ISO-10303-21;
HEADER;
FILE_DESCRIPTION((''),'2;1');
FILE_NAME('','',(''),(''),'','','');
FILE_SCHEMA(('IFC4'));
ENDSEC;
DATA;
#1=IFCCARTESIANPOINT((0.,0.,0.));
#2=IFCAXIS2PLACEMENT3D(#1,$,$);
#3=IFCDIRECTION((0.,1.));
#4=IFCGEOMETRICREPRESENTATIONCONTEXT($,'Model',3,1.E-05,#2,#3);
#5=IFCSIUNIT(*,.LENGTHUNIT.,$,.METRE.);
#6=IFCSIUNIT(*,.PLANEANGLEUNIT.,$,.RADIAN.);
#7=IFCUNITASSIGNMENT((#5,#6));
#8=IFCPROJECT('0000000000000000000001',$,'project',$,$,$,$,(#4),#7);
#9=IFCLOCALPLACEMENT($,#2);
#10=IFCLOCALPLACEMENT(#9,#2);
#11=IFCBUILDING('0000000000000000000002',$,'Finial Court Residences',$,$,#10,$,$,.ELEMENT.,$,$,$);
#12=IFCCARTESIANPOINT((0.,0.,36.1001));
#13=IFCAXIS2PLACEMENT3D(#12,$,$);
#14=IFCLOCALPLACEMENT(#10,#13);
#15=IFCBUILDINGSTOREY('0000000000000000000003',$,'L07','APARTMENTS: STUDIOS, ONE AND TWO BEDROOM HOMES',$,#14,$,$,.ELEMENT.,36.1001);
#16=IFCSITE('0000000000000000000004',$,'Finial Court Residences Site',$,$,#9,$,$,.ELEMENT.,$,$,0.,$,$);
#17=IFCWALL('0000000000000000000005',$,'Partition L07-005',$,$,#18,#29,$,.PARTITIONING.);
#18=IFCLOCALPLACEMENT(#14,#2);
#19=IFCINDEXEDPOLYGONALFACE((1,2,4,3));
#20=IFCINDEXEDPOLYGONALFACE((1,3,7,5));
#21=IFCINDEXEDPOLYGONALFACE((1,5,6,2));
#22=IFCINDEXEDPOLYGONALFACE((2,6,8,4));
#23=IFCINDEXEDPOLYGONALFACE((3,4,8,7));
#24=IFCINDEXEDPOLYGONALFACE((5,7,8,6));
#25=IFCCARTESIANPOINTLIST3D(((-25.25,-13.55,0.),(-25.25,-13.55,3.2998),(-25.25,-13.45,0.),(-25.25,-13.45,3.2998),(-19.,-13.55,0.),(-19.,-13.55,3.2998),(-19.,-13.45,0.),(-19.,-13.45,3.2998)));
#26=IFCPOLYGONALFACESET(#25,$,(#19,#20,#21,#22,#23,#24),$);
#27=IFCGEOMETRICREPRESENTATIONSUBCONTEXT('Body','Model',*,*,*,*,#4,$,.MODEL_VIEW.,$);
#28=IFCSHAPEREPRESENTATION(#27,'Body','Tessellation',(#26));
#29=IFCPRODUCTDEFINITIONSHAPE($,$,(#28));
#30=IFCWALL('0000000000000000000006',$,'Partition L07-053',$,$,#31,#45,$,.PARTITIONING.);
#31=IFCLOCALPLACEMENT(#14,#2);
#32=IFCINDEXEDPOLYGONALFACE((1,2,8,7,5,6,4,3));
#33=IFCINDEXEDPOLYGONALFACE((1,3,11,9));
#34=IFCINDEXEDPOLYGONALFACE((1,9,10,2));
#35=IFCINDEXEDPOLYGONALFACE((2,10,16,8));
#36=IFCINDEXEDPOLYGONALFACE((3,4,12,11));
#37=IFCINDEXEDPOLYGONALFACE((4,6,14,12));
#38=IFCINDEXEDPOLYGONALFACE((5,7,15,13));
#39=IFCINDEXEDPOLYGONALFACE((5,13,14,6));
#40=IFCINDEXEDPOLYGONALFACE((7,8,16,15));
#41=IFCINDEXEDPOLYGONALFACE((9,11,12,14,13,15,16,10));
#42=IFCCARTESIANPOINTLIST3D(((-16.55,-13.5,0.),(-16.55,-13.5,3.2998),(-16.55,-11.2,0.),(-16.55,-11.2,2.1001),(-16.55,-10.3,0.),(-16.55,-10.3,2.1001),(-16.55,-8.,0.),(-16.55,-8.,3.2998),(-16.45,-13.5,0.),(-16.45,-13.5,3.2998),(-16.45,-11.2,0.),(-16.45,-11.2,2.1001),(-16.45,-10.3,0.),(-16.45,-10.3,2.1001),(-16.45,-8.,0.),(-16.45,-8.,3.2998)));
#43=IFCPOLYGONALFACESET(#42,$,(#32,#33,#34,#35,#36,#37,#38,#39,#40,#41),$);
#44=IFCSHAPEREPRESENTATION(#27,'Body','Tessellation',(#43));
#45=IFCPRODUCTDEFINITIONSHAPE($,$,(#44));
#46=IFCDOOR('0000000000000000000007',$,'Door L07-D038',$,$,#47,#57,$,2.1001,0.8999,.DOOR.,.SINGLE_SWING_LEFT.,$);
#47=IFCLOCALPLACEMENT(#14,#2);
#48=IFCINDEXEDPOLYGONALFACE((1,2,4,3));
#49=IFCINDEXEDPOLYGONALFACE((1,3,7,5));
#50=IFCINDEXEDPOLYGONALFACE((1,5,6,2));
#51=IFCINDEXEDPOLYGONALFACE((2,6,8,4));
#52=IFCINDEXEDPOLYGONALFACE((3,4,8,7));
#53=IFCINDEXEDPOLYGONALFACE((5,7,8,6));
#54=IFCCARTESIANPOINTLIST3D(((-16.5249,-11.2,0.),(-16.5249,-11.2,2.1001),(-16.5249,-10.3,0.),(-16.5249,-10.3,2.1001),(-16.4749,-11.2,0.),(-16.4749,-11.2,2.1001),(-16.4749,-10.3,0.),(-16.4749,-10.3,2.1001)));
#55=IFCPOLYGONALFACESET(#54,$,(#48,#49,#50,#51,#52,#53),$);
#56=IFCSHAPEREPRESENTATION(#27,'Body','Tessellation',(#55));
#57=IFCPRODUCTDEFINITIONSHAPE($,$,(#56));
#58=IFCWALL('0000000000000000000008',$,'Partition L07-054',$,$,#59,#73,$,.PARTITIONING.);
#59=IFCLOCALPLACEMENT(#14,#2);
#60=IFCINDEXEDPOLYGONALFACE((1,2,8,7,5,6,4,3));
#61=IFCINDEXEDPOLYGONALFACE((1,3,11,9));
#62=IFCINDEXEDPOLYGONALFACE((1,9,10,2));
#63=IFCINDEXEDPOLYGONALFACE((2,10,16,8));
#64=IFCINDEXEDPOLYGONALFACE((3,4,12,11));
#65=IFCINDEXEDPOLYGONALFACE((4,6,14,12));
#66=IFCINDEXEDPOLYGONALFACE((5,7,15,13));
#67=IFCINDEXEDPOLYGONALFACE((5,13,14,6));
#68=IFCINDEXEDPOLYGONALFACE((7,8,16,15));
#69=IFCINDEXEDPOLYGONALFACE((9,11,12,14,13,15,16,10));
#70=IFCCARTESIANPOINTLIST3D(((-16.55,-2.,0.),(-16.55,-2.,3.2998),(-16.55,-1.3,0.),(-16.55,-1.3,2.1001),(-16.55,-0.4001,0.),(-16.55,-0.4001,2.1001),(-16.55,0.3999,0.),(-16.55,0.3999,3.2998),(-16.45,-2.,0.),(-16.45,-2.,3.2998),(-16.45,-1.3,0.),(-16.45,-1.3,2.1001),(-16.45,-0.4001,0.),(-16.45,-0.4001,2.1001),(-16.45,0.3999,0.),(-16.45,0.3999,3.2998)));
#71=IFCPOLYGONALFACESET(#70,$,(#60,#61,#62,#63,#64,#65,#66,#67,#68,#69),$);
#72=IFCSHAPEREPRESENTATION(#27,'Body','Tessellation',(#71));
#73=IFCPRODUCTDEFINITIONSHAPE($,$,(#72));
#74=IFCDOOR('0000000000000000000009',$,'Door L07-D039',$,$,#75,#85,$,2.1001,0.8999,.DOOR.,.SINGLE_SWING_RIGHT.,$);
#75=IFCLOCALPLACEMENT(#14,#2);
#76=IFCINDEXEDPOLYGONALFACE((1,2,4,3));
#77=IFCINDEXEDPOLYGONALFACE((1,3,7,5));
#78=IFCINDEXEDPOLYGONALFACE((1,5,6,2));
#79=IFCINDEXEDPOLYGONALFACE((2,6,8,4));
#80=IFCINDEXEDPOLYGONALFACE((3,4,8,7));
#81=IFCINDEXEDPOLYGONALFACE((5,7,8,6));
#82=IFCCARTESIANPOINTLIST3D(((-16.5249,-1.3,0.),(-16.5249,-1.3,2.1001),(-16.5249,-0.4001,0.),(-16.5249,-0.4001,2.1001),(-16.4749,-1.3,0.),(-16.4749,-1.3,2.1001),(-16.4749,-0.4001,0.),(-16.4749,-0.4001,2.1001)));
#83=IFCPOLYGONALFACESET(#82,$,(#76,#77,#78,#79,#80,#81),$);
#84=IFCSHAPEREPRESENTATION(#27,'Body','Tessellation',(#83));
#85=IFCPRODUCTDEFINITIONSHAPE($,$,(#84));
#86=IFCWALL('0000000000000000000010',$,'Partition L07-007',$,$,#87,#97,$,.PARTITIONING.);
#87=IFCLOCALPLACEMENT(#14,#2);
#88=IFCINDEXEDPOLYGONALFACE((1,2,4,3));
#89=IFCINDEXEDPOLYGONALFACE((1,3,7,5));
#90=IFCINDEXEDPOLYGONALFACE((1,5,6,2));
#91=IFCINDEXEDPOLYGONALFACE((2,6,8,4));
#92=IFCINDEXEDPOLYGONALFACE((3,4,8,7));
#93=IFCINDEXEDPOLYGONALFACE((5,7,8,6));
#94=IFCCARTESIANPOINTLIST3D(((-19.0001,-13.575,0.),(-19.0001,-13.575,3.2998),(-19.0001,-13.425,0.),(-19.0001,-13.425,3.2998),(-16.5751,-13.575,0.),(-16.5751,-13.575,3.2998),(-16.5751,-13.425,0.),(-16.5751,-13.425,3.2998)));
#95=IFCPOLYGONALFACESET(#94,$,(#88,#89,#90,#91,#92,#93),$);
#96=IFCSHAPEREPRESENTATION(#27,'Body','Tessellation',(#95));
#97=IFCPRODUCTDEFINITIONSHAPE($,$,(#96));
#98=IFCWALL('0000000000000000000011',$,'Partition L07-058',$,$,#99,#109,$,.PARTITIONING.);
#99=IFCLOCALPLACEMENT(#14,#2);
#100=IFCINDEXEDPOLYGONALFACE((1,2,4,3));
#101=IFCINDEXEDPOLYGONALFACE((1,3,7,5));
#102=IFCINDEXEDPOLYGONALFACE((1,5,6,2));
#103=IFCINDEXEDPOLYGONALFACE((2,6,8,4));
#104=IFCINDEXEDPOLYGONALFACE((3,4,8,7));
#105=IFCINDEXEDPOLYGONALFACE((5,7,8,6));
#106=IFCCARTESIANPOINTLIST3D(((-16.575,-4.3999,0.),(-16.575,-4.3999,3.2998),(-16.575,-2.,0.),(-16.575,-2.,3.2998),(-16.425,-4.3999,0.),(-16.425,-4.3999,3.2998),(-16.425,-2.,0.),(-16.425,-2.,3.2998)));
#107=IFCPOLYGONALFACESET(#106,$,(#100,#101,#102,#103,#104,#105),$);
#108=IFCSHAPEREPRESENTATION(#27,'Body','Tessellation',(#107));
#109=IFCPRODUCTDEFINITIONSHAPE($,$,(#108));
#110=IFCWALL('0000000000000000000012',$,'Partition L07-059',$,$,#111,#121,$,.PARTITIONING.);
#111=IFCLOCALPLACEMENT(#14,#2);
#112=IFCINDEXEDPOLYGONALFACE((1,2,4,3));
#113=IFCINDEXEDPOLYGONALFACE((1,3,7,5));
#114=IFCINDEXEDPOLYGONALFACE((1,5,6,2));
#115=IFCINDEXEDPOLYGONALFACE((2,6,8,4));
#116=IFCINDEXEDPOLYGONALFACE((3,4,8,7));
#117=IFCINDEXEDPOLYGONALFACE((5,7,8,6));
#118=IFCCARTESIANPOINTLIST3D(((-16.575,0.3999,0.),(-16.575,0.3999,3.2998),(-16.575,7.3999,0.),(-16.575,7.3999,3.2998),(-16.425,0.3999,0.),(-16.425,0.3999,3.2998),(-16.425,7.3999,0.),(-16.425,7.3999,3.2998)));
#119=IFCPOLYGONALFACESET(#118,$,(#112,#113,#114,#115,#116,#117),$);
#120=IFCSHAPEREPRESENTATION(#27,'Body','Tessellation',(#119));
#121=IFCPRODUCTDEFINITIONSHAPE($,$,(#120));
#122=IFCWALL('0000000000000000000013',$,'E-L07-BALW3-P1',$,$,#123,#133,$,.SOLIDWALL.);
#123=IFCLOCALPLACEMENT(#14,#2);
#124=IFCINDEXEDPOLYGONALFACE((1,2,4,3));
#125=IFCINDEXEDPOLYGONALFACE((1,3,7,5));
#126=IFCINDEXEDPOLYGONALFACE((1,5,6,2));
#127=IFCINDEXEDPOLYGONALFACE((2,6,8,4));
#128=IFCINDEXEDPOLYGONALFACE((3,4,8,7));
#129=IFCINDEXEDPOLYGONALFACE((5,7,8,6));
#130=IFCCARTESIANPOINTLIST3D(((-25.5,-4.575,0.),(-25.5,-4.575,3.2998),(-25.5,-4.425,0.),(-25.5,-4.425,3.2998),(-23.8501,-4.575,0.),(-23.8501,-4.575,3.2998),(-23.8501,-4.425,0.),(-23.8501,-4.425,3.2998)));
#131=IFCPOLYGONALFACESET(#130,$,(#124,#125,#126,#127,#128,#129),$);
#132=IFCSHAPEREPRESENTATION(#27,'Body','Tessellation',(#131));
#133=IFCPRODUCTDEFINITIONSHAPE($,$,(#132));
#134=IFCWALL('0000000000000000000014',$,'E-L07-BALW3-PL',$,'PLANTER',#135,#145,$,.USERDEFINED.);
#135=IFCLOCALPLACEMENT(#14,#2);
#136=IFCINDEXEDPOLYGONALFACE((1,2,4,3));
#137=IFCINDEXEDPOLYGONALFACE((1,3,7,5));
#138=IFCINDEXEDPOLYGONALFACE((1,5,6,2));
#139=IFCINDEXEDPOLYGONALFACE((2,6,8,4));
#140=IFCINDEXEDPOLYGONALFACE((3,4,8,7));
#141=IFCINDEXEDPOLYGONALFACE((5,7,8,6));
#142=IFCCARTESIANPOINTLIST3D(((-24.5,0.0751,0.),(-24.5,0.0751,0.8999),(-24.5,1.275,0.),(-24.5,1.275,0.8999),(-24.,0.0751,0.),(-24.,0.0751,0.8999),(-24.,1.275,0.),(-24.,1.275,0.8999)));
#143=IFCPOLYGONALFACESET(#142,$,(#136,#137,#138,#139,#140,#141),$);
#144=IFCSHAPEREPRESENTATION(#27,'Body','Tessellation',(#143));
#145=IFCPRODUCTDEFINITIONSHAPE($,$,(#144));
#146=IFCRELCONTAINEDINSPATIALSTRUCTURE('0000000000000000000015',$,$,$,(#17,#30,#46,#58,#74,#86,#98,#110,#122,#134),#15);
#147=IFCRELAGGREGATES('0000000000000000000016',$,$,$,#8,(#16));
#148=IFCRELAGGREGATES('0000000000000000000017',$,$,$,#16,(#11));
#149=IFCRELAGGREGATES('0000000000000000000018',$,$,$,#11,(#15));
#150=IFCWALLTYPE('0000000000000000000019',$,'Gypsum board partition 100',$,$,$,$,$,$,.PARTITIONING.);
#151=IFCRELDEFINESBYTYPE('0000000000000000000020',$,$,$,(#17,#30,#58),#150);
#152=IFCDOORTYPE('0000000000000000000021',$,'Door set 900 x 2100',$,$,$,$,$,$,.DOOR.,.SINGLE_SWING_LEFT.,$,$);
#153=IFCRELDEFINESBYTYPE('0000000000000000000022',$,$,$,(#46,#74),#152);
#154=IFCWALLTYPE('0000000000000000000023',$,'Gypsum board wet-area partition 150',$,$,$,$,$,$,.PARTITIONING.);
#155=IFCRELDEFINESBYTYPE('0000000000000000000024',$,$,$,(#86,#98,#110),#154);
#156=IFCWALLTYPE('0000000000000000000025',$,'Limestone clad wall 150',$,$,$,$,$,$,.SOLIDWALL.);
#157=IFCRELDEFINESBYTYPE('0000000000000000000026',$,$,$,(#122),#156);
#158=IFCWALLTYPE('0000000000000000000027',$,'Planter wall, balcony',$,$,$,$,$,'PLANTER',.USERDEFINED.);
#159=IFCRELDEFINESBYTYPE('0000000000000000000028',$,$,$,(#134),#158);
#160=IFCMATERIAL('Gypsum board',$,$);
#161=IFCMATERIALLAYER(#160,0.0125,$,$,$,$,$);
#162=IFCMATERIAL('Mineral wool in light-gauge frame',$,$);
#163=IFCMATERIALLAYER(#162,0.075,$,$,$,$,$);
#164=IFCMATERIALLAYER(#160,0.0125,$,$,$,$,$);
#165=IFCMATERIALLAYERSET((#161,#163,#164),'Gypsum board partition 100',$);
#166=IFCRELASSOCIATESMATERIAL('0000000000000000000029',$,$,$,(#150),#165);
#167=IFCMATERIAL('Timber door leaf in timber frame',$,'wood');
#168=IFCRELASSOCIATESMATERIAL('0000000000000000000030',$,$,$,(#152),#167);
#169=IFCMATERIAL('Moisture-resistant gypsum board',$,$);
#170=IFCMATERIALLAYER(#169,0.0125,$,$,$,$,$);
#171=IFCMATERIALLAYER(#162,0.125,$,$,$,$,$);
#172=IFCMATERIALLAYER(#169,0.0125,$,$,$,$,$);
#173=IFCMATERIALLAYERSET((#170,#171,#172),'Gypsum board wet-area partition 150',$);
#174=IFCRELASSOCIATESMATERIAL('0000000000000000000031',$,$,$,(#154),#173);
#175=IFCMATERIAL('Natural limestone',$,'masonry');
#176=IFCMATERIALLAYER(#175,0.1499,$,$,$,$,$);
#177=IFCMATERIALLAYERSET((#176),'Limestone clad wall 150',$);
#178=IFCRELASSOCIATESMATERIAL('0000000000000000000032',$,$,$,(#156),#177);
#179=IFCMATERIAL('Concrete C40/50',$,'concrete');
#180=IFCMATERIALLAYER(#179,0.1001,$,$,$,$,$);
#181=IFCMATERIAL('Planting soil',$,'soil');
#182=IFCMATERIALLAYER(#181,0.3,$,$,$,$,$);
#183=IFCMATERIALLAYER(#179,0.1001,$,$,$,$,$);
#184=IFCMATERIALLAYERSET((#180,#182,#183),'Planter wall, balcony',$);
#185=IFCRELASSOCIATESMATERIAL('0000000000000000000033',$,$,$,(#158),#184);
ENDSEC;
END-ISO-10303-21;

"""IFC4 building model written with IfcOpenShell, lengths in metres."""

from ifc_helpers import new_model, si_unit, direction, frame, frame_2d, origin, place, context, subcontext, project, spatial, rectangle, extrude, material, layer, layer_set, type_object, element, fill, save


model = new_model("IFC4")

# Units and contexts
model_context = context("Model", 3, precision=1e-05, world=origin(), true_north=direction((0.0, 1.0)))
body_context = subcontext(model_context, "Body", "Model", "MODEL_VIEW")
ifc_project = project(units=[si_unit("LENGTHUNIT", "METRE"), si_unit("PLANEANGLEUNIT", "RADIAN")], contexts=[model_context])

# Site, building, storey
site_placement = place(None, origin())
site = spatial("IfcSite", under=ifc_project, at=site_placement, Name="Finial Court Residences Site", CompositionType="ELEMENT", RefElevation=0.0)
building_placement = place(site_placement, origin())
building = spatial("IfcBuilding", under=site, at=building_placement, Name="Finial Court Residences", CompositionType="ELEMENT")
storey_placement = place(building_placement, frame((0.0, 0.0, 36.1001)))
storey = spatial("IfcBuildingStorey", under=building, at=storey_placement, Name="L07", Description="APARTMENTS: STUDIOS, ONE AND TWO BEDROOM HOMES", CompositionType="ELEMENT", Elevation=36.1001)

# Shared definitions
ifc_material_1 = material(Name="Gypsum board")

# Wall
ifc_layer_1 = layer(ifc_material_1, 0.0125)
ifc_material_2 = material(Name="Mineral wool in light-gauge frame")
ifc_layer_2 = layer(ifc_material_2, 0.075)
ifc_layer_3 = layer(ifc_material_1, 0.0125)
ifc_layer_set_1 = layer_set([ifc_layer_1, ifc_layer_2, ifc_layer_3], Name="Gypsum board partition 100")
wall_type_1 = type_object("IfcWallType", Name="Gypsum board partition 100", PredefinedType="PARTITIONING", material=ifc_layer_set_1)
wall_1_placement = place(storey_placement, frame((-25.25, -13.5, 0.0), z_axis=(0.0, 0.0, 1.0), x_axis=(1.0, 0.0, 0.0)))
element("IfcWall", 1, at=wall_1_placement, inside=storey, type_object=wall_type_1, Name="Partition L07-005", PredefinedType="PARTITIONING", context=body_context, shape_type="SweptSolid", body=[
    extrude(rectangle(XDim=6.25, YDim=0.1001, at=frame_2d((3.125, 0.0))), origin(), (0.0, 0.0, 1.0), 3.2998),
])

# Walls, openings, doors
wall_2_placement = place(storey_placement, frame((-16.5, -13.5, 0.0), z_axis=(0.0, 0.0, 1.0), x_axis=(0.0, 1.0, 0.0)))
wall_2 = element("IfcWall", 2, at=wall_2_placement, inside=storey, type_object=wall_type_1, Name="Partition L07-053", PredefinedType="PARTITIONING", context=body_context, shape_type="SweptSolid", body=[
    extrude(rectangle(XDim=5.5, YDim=0.1001, at=frame_2d((2.75, 0.0))), origin(), (0.0, 0.0, 1.0), 3.2998),
])
opening_1_placement = place(wall_2_placement, frame((2.3, 0.0, 0.0)))
opening_1 = element("IfcOpeningElement", 3, at=opening_1_placement, cuts=wall_2, PredefinedType="OPENING", context=body_context, shape_type="SweptSolid", body=[
    extrude(rectangle(XDim=0.8999, YDim=2.1001, at=frame_2d((0.45, 1.05))), frame((0.0, 0.0601, 0.0), z_axis=(0.0, -1.0, 0.0), x_axis=(1.0, 0.0, 0.0)), (0.0, 0.0, 1.0), 0.1201),
])
ifc_material_3 = material(Name="Timber door leaf in timber frame", Category="wood")
door_type_1 = type_object("IfcDoorType", Name="Door set 900 x 2100", OperationType="SINGLE_SWING_LEFT", PredefinedType="DOOR", material=ifc_material_3)
door_1_placement = place(opening_1_placement, origin())
door_1 = element("IfcDoor", 4, at=door_1_placement, inside=storey, type_object=door_type_1, Name="Door L07-D038", OperationType="SINGLE_SWING_LEFT", OverallHeight=2.1001, OverallWidth=0.8999, PredefinedType="DOOR", context=body_context, shape_type="SweptSolid", body=[
    extrude(rectangle(XDim=0.8999, YDim=2.1001, at=frame_2d((0.45, 1.05))), frame((0.0, 0.0249, 0.0), z_axis=(0.0, -1.0, 0.0), x_axis=(1.0, 0.0, 0.0)), (0.0, 0.0, 1.0), 0.05),
])
fill(opening_1, door_1)
wall_3_placement = place(storey_placement, frame((-16.5, -2.0, 0.0), z_axis=(0.0, 0.0, 1.0), x_axis=(0.0, 1.0, 0.0)))
wall_3 = element("IfcWall", 5, at=wall_3_placement, inside=storey, type_object=wall_type_1, Name="Partition L07-054", PredefinedType="PARTITIONING", context=body_context, shape_type="SweptSolid", body=[
    extrude(rectangle(XDim=2.3999, YDim=0.1001, at=frame_2d((1.2, 0.0))), origin(), (0.0, 0.0, 1.0), 3.2998),
])
opening_2_placement = place(wall_3_placement, frame((0.7, 0.0, 0.0)))
opening_2 = element("IfcOpeningElement", 6, at=opening_2_placement, cuts=wall_3, PredefinedType="OPENING", context=body_context, shape_type="SweptSolid", body=[
    extrude(rectangle(XDim=0.8999, YDim=2.1001, at=frame_2d((0.45, 1.05))), frame((0.0, 0.0601, 0.0), z_axis=(0.0, -1.0, 0.0), x_axis=(1.0, 0.0, 0.0)), (0.0, 0.0, 1.0), 0.1201),
])
door_2_placement = place(opening_2_placement, origin())
door_2 = element("IfcDoor", 7, at=door_2_placement, inside=storey, type_object=door_type_1, Name="Door L07-D039", OperationType="SINGLE_SWING_RIGHT", OverallHeight=2.1001, OverallWidth=0.8999, PredefinedType="DOOR", context=body_context, shape_type="SweptSolid", body=[
    extrude(rectangle(XDim=0.8999, YDim=2.1001, at=frame_2d((0.45, 1.05))), frame((0.0, 0.0249, 0.0), z_axis=(0.0, -1.0, 0.0), x_axis=(1.0, 0.0, 0.0)), (0.0, 0.0, 1.0), 0.05),
])
fill(opening_2, door_2)

# Walls
ifc_material_4 = material(Name="Moisture-resistant gypsum board")
ifc_layer_4 = layer(ifc_material_4, 0.0125)
ifc_layer_5 = layer(ifc_material_2, 0.125)
ifc_layer_6 = layer(ifc_material_4, 0.0125)
ifc_layer_set_2 = layer_set([ifc_layer_4, ifc_layer_5, ifc_layer_6], Name="Gypsum board wet-area partition 150")
wall_type_2 = type_object("IfcWallType", Name="Gypsum board wet-area partition 150", PredefinedType="PARTITIONING", material=ifc_layer_set_2)
wall_4_placement = place(storey_placement, frame((-19.0, -13.5, 0.0), z_axis=(0.0, 0.0, 1.0), x_axis=(1.0, 0.0, 0.0)))
element("IfcWall", 8, at=wall_4_placement, inside=storey, type_object=wall_type_2, Name="Partition L07-007", PredefinedType="PARTITIONING", context=body_context, shape_type="SweptSolid", body=[
    extrude(rectangle(XDim=2.425, YDim=0.1499, at=frame_2d((1.2124, 0.0))), origin(), (0.0, 0.0, 1.0), 3.2998),
])
wall_5_placement = place(storey_placement, frame((-16.5, -4.3999, 0.0), z_axis=(0.0, 0.0, 1.0), x_axis=(0.0, 1.0, 0.0)))
element("IfcWall", 9, at=wall_5_placement, inside=storey, type_object=wall_type_2, Name="Partition L07-058", PredefinedType="PARTITIONING", context=body_context, shape_type="SweptSolid", body=[
    extrude(rectangle(XDim=2.3999, YDim=0.1499, at=frame_2d((1.2, 0.0))), origin(), (0.0, 0.0, 1.0), 3.2998),
])
wall_6_placement = place(storey_placement, frame((-16.5, 0.3999, 0.0), z_axis=(0.0, 0.0, 1.0), x_axis=(0.0, 1.0, 0.0)))
element("IfcWall", 10, at=wall_6_placement, inside=storey, type_object=wall_type_2, Name="Partition L07-059", PredefinedType="PARTITIONING", context=body_context, shape_type="SweptSolid", body=[
    extrude(rectangle(XDim=7.0, YDim=0.1499, at=frame_2d((3.5, 0.0))), origin(), (0.0, 0.0, 1.0), 3.2998),
])
ifc_material_5 = material(Name="Natural limestone", Category="masonry")
ifc_layer_7 = layer(ifc_material_5, 0.1499)
ifc_layer_set_3 = layer_set([ifc_layer_7], Name="Limestone clad wall 150")
wall_type_3 = type_object("IfcWallType", Name="Limestone clad wall 150", PredefinedType="SOLIDWALL", material=ifc_layer_set_3)
wall_7_placement = place(storey_placement, frame((-23.8501, -4.5, 0.0), z_axis=(0.0, 0.0, 1.0), x_axis=(-1.0, 0.0, 0.0)))
element("IfcWall", 11, at=wall_7_placement, inside=storey, type_object=wall_type_3, Name="E-L07-BALW3-P1", PredefinedType="SOLIDWALL", context=body_context, shape_type="SweptSolid", body=[
    extrude(rectangle(XDim=1.6499, YDim=0.1499, at=frame_2d((0.825, 0.0))), origin(), (0.0, 0.0, 1.0), 3.2998),
])

# Wall
ifc_material_6 = material(Name="Concrete C40/50", Category="concrete")
ifc_layer_8 = layer(ifc_material_6, 0.1001)
ifc_material_7 = material(Name="Planting soil", Category="soil")
ifc_layer_9 = layer(ifc_material_7, 0.3)
ifc_layer_10 = layer(ifc_material_6, 0.1001)
ifc_layer_set_4 = layer_set([ifc_layer_8, ifc_layer_9, ifc_layer_10], Name="Planter wall, balcony")
wall_type_4 = type_object("IfcWallType", Name="Planter wall, balcony", ElementType="PLANTER", PredefinedType="USERDEFINED", material=ifc_layer_set_4)
wall_8_placement = place(storey_placement, frame((-24.25, 0.075, 0.0), z_axis=(0.0, 0.0, 1.0), x_axis=(0.0, 1.0, 0.0)))
element("IfcWall", 12, at=wall_8_placement, inside=storey, type_object=wall_type_4, Name="E-L07-BALW3-PL", ObjectType="PLANTER", PredefinedType="USERDEFINED", context=body_context, shape_type="SweptSolid", body=[
    extrude(rectangle(XDim=1.2, YDim=0.5, at=frame_2d((0.6001, 0.0))), origin(), (0.0, 0.0, 1.0), 0.8999),
])

save(model, "model.ifc")
